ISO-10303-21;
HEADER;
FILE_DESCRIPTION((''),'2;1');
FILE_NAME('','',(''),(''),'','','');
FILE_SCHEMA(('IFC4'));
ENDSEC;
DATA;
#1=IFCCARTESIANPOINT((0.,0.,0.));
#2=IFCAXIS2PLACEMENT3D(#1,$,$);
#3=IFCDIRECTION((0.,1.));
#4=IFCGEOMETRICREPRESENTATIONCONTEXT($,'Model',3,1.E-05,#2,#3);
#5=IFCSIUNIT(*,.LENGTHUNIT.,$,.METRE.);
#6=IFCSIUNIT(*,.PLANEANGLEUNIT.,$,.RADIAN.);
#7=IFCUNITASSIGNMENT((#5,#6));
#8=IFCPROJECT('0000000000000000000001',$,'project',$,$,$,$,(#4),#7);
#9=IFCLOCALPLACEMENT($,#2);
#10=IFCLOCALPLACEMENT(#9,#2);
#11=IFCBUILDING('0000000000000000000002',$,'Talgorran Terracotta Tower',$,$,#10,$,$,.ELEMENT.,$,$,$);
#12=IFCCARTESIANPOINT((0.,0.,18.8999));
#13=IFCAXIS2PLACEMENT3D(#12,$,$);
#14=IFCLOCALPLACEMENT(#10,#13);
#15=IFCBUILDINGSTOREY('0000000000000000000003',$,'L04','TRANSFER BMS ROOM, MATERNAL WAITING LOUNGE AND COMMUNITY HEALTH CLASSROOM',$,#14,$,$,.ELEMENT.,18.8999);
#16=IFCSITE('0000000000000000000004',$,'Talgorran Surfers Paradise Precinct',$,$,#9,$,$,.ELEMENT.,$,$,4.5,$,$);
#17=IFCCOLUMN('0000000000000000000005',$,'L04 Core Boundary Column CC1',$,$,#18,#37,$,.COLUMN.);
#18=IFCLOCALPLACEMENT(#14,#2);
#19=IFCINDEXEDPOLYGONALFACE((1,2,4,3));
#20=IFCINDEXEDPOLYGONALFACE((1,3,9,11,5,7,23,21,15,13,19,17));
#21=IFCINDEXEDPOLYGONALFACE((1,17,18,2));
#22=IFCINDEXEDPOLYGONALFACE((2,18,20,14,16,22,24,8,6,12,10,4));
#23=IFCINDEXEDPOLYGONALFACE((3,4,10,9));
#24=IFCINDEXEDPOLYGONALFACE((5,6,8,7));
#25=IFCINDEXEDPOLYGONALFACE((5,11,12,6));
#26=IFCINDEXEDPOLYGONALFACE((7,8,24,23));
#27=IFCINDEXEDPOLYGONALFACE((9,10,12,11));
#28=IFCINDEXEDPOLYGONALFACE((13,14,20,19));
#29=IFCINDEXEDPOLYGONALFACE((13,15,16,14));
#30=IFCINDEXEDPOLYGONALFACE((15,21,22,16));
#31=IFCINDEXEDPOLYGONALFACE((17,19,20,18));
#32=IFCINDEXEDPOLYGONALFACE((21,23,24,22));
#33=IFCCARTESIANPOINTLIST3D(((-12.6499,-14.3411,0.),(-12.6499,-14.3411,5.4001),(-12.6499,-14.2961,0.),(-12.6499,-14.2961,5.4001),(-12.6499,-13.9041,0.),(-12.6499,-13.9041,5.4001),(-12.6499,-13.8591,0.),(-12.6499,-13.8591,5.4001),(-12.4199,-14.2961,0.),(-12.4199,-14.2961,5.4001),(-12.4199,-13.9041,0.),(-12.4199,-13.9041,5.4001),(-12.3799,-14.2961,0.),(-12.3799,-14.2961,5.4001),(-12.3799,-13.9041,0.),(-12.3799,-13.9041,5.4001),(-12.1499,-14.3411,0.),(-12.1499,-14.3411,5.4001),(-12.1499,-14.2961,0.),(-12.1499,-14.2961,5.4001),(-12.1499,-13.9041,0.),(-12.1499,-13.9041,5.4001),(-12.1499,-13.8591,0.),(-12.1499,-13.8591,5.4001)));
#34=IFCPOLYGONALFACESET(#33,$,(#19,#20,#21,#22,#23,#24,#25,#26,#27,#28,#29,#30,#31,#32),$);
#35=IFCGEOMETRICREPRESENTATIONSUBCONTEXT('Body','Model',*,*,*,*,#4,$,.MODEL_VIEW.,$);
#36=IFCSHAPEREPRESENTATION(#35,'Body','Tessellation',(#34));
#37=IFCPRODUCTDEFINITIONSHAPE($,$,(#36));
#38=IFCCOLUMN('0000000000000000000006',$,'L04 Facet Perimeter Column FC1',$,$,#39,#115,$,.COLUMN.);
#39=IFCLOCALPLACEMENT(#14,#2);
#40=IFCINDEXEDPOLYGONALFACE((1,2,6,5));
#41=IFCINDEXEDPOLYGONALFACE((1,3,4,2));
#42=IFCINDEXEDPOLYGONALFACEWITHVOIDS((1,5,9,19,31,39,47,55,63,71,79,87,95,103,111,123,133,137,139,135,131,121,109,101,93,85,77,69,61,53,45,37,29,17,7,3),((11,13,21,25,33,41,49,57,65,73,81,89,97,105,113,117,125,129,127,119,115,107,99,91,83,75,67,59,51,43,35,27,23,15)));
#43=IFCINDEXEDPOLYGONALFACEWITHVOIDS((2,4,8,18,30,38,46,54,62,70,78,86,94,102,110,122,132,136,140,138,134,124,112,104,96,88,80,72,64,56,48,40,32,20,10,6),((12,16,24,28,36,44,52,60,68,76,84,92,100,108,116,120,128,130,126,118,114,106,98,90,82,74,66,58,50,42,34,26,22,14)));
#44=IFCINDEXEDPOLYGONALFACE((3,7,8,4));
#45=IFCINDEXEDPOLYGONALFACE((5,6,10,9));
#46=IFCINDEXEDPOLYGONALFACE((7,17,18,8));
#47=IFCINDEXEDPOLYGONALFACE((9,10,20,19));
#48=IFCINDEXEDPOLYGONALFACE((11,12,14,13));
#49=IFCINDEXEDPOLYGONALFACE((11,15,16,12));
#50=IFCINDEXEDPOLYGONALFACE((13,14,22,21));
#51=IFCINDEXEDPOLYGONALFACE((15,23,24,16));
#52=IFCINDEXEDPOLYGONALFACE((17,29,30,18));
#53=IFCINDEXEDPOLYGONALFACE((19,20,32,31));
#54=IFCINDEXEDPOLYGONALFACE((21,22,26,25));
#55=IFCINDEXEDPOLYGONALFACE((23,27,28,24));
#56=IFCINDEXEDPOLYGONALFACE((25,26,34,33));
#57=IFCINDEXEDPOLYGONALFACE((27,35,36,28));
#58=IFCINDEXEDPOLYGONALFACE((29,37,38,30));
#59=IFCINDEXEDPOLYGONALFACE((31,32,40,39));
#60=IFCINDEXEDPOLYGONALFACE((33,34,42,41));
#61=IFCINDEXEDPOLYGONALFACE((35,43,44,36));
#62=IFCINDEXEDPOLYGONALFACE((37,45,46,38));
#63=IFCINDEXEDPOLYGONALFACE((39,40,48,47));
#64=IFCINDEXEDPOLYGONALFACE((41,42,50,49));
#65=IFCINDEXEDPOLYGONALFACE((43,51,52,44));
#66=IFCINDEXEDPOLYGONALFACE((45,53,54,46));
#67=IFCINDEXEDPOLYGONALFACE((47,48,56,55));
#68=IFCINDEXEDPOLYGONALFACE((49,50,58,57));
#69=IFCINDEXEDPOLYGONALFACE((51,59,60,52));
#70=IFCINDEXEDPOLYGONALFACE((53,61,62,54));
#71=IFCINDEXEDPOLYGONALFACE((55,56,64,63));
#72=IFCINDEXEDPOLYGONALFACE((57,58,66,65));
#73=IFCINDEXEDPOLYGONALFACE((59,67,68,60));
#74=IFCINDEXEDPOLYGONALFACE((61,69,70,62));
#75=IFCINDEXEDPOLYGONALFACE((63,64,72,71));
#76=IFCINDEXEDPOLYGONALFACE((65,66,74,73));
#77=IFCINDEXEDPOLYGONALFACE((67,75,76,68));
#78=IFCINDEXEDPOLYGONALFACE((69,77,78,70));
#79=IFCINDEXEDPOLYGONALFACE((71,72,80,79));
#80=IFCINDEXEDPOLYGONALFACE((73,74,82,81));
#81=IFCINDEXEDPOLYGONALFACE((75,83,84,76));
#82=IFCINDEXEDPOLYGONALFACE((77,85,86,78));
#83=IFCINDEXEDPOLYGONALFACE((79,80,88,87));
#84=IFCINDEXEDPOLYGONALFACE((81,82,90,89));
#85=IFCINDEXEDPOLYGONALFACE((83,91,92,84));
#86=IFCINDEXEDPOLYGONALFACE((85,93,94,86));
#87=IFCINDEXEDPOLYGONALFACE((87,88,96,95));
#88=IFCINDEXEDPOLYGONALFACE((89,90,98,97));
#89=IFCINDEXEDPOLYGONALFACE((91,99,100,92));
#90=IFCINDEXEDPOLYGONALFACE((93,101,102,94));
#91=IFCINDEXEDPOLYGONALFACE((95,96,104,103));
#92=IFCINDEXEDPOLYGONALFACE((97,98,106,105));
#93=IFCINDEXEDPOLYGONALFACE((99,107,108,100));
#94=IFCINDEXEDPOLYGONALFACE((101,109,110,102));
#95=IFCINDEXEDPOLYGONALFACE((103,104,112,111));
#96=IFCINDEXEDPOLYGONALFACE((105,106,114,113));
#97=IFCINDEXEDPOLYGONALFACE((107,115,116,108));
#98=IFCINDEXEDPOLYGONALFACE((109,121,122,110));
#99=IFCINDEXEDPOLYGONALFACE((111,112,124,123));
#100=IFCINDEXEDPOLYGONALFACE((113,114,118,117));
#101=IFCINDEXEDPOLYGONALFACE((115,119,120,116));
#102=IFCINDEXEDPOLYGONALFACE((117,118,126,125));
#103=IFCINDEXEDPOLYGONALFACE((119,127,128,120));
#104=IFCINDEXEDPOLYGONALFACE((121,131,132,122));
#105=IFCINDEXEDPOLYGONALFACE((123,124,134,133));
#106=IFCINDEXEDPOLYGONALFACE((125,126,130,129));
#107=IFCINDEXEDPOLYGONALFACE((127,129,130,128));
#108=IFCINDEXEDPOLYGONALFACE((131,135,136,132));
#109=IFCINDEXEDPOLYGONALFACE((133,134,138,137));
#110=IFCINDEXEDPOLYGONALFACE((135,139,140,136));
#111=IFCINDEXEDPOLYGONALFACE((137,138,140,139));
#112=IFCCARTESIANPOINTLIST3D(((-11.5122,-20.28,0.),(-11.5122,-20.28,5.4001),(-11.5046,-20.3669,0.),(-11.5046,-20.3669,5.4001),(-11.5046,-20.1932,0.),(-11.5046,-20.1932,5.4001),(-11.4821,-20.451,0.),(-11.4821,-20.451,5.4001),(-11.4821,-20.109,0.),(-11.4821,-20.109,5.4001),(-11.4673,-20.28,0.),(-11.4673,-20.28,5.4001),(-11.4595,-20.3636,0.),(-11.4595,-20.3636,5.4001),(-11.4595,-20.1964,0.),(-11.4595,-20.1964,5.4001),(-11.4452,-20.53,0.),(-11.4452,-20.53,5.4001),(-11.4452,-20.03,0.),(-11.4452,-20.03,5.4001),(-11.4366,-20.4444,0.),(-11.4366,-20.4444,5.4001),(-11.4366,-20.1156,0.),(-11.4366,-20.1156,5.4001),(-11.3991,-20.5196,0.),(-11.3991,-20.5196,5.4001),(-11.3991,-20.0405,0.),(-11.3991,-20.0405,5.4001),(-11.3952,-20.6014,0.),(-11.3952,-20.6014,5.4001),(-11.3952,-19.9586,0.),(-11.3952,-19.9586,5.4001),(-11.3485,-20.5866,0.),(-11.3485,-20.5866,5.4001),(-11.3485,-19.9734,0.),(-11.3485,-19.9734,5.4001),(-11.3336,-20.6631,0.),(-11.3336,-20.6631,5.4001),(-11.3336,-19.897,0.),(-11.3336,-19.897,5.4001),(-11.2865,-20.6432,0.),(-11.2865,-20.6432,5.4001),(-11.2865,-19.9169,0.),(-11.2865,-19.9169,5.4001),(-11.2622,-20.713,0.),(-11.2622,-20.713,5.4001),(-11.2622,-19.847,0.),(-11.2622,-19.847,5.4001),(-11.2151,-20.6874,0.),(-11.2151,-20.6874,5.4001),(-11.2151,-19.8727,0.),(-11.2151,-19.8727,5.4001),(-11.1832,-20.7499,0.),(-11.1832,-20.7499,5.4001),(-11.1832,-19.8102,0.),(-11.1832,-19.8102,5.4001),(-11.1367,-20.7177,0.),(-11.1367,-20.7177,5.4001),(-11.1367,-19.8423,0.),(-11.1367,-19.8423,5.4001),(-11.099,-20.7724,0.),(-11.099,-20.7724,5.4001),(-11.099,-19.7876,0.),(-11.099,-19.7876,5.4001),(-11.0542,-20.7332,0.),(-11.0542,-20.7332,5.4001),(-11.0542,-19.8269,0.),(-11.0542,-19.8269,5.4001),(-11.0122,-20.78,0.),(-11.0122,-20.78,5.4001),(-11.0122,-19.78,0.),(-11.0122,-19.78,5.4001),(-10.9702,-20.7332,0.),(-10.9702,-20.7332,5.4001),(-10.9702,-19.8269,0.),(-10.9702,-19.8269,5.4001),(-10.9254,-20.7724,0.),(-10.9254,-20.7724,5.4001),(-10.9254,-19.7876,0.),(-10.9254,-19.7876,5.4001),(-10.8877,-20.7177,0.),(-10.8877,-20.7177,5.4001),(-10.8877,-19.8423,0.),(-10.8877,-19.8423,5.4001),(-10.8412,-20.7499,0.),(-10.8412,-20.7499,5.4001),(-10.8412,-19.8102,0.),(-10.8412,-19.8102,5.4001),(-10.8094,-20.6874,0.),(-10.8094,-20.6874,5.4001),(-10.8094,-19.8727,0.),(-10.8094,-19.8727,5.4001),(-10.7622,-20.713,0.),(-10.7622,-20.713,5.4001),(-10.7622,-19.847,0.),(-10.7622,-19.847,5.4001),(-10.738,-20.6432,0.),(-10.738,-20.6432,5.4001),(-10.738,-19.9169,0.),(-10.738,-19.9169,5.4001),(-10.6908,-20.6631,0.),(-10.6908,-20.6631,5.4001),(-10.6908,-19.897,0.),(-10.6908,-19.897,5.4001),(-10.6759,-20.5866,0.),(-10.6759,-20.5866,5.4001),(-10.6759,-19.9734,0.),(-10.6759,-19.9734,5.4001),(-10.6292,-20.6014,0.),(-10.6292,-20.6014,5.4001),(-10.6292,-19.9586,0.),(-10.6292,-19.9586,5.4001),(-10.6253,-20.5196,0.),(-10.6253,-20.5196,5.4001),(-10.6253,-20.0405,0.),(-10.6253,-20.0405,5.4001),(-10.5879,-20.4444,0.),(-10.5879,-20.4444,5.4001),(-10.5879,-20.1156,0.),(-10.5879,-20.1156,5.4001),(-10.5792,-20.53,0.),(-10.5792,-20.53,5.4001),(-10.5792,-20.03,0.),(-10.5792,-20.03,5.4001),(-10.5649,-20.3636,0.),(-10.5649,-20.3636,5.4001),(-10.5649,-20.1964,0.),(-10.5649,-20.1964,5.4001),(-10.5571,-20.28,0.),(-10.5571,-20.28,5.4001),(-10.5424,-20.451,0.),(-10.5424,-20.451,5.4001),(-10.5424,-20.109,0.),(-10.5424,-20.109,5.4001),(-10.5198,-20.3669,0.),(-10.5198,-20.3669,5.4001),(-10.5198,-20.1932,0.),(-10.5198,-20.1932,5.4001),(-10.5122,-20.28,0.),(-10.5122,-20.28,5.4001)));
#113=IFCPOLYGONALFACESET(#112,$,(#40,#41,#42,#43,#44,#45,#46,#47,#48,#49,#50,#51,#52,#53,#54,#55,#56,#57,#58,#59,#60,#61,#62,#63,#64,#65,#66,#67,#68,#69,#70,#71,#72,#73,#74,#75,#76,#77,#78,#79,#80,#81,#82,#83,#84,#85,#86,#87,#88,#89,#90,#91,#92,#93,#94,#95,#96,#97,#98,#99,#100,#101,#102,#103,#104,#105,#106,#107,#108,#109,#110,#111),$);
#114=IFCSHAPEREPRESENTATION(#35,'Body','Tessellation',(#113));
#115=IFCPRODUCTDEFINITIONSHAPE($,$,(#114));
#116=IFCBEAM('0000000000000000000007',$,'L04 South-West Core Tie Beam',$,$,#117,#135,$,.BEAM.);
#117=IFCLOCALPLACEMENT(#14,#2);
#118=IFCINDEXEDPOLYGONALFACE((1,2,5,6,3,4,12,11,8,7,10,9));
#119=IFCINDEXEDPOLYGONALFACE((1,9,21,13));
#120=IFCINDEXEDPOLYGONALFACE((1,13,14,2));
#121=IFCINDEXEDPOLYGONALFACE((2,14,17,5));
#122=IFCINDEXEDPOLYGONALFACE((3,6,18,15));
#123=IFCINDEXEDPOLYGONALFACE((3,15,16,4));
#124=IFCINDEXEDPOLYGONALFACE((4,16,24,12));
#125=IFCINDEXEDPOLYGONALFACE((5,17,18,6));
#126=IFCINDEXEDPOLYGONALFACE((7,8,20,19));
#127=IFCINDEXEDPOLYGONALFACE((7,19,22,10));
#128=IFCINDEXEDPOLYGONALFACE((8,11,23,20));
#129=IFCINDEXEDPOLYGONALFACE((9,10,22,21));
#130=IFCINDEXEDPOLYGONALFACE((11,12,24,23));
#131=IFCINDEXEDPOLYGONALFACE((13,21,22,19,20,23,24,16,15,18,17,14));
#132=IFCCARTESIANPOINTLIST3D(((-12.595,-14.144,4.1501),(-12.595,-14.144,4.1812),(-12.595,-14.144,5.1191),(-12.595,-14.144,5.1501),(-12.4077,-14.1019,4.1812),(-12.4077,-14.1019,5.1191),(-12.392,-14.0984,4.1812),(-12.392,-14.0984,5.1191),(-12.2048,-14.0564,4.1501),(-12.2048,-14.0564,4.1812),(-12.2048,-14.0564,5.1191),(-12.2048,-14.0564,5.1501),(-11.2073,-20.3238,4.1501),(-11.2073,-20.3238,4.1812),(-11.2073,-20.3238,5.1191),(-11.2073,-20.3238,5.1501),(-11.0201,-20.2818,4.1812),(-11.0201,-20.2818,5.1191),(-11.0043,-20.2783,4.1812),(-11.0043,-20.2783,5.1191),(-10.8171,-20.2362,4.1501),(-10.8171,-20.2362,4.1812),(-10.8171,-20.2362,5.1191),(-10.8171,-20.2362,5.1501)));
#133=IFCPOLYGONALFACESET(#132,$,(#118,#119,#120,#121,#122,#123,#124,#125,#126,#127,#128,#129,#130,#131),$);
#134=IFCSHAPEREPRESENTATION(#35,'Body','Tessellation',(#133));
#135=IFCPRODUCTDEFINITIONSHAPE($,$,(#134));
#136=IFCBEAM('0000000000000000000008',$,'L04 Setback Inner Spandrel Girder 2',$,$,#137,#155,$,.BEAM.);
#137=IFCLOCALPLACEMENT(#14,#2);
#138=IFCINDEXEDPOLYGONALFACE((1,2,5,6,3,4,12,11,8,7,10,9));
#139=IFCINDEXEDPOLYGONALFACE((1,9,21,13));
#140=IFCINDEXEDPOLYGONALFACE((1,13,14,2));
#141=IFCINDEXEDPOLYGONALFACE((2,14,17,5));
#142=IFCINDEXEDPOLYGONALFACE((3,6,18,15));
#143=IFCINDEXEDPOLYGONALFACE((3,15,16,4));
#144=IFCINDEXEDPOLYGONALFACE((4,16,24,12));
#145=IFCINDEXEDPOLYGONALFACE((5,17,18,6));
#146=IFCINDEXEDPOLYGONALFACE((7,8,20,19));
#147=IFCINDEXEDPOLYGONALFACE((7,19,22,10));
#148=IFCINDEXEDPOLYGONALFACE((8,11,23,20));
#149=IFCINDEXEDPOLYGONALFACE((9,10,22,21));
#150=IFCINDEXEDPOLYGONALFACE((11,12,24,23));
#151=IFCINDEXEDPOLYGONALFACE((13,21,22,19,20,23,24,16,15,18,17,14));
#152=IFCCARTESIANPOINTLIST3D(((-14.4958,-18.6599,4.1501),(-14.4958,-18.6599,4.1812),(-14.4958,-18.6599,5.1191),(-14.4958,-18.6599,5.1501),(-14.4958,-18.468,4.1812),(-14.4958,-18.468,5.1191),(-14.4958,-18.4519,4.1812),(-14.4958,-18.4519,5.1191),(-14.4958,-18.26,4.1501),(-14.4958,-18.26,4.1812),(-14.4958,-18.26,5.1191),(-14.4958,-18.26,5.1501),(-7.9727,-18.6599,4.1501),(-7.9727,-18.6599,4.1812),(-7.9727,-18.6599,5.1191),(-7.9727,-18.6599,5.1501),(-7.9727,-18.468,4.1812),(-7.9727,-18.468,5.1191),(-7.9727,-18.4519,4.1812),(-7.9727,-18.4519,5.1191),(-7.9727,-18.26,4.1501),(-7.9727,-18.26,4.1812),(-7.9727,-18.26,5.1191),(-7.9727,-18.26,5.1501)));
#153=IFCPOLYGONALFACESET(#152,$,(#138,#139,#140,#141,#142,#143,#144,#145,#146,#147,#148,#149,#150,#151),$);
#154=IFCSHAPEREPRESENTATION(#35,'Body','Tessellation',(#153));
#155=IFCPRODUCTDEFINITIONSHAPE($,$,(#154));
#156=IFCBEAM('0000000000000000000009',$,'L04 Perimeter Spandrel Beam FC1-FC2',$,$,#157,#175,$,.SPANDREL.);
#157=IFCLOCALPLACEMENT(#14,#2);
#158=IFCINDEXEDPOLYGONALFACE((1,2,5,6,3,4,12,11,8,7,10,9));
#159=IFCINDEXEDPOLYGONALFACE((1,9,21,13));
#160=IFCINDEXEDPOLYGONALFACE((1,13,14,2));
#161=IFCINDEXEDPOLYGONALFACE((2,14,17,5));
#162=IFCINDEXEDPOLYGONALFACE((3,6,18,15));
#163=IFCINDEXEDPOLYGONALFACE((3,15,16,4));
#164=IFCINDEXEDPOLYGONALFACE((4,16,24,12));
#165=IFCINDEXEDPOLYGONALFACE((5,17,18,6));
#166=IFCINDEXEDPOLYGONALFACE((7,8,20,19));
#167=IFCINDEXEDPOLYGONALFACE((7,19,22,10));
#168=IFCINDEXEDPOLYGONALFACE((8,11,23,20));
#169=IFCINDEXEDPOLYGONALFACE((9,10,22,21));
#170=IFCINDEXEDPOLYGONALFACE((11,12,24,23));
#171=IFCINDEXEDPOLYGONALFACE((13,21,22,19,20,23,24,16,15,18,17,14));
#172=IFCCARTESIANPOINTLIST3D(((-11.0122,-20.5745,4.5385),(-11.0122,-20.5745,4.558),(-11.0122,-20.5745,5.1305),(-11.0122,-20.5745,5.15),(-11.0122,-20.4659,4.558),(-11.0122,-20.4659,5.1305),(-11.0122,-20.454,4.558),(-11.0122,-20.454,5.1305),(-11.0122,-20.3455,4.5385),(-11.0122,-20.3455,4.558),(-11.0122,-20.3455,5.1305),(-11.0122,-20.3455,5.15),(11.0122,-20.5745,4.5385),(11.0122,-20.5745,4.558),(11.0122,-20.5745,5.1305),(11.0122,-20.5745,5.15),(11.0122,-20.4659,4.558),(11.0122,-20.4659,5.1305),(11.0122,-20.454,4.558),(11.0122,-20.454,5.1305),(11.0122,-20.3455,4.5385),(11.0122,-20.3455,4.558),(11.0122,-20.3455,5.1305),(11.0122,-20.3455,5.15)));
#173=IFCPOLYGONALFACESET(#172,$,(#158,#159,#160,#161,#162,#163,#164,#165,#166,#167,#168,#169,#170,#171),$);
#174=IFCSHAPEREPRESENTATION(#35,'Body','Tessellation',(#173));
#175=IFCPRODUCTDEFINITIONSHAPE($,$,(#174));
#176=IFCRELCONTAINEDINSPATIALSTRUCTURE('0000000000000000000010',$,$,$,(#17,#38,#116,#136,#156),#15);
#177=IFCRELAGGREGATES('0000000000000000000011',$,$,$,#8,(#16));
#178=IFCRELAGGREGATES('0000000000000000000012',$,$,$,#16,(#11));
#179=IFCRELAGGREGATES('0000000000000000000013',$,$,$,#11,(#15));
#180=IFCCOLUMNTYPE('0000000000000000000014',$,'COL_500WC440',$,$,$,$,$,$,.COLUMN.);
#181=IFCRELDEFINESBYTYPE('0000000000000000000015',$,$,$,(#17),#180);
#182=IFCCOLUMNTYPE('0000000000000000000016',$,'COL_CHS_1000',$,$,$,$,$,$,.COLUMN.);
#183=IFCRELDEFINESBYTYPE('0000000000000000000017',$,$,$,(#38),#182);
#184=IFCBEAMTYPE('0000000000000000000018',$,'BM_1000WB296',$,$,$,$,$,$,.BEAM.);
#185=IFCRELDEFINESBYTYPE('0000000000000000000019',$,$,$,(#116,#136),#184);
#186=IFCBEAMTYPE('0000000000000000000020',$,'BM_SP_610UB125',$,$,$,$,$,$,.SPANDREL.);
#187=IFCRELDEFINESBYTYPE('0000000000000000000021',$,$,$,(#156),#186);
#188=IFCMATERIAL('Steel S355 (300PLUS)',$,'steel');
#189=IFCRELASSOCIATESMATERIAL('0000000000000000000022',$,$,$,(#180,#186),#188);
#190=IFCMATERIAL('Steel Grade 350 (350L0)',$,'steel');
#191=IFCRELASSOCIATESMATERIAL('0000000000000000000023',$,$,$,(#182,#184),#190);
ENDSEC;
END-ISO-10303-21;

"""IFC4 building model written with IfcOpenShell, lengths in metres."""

from ifc_helpers import new_model, si_unit, direction, frame, origin, origin_2d, place, context, subcontext, project, spatial, hollow_circle, i_section, extrude, material, material_profile, profile_set, type_object, element, save


model = new_model("IFC4")

# Units and contexts
model_context = context("Model", 3, precision=1e-05, world=origin(), true_north=direction((0.0, 1.0)))
body_context = subcontext(model_context, "Body", "Model", "MODEL_VIEW")
ifc_project = project(units=[si_unit("LENGTHUNIT", "METRE"), si_unit("PLANEANGLEUNIT", "RADIAN")], contexts=[model_context])

# Site, building, storey
site_placement = place(None, origin())
site = spatial("IfcSite", under=ifc_project, at=site_placement, Name="Talgorran Surfers Paradise Precinct", CompositionType="ELEMENT", RefElevation=4.5)
building_placement = place(site_placement, origin())
building = spatial("IfcBuilding", under=site, at=building_placement, Name="Talgorran Terracotta Tower", CompositionType="ELEMENT")
storey_placement = place(building_placement, frame((0.0, 0.0, 18.8999)))
storey = spatial("IfcBuildingStorey", under=building, at=storey_placement, Name="L04", Description="TRANSFER BMS ROOM, MATERNAL WAITING LOUNGE AND COMMUNITY HEALTH CLASSROOM", CompositionType="ELEMENT", Elevation=18.8999)

# Columns
ifc_material_1 = material(Name="Steel S355 (300PLUS)", Category="steel")
ifc_material_profile_1 = material_profile(ifc_material_1, i_section(OverallWidth=0.5, OverallDepth=0.4819, WebThickness=0.04, FlangeThickness=0.0449, at=origin_2d()), Name="500WC440")
ifc_profile_set_1 = profile_set([ifc_material_profile_1], Name="Steel S355 (300PLUS)")
column_type_1 = type_object("IfcColumnType", Name="COL_500WC440", PredefinedType="COLUMN", material=ifc_profile_set_1)
column_1_placement = place(storey_placement, frame((-12.3999, -14.1001, 0.0), z_axis=(0.0, 0.0, 1.0), x_axis=(1.0, 0.0, 0.0)))
element("IfcColumn", 1, at=column_1_placement, inside=storey, type_object=column_type_1, Name="L04 Core Boundary Column CC1", PredefinedType="COLUMN", context=body_context, shape_type="SweptSolid", body=[
    extrude(i_section(OverallWidth=0.5, OverallDepth=0.4819, WebThickness=0.04, FlangeThickness=0.0449, at=origin_2d()), origin(), (0.0, 0.0, 1.0), 5.4001),
])
ifc_material_2 = material(Name="Steel Grade 350 (350L0)", Category="steel")
ifc_material_profile_2 = material_profile(ifc_material_2, hollow_circle(Radius=0.5, WallThickness=0.0449, at=origin_2d()), Name="CHS1000X45")
ifc_profile_set_2 = profile_set([ifc_material_profile_2], Name="Steel Grade 350 (350L0)")
column_type_2 = type_object("IfcColumnType", Name="COL_CHS_1000", PredefinedType="COLUMN", material=ifc_profile_set_2)
column_2_placement = place(storey_placement, frame((-11.0122, -20.28, 0.0), z_axis=(0.0, 0.0, 1.0), x_axis=(1.0, 0.0, 0.0)))
element("IfcColumn", 2, at=column_2_placement, inside=storey, type_object=column_type_2, Name="L04 Facet Perimeter Column FC1", PredefinedType="COLUMN", context=body_context, shape_type="SweptSolid", body=[
    extrude(hollow_circle(Radius=0.5, WallThickness=0.0449, at=origin_2d()), origin(), (0.0, 0.0, 1.0), 5.4001),
])

# Beams
ifc_material_profile_3 = material_profile(ifc_material_2, i_section(OverallWidth=0.3999, OverallDepth=1.0, WebThickness=0.0161, FlangeThickness=0.031, at=origin_2d()), Name="1000WB296")
ifc_profile_set_3 = profile_set([ifc_material_profile_3], Name="Steel Grade 350 (350L0)")
beam_type_1 = type_object("IfcBeamType", Name="BM_1000WB296", PredefinedType="BEAM", material=ifc_profile_set_3)
beam_1_placement = place(storey_placement, frame((-11.0122, -20.28, 4.6501), z_axis=(-0.219093, 0.975704, 0.0), x_axis=(-0.975704, -0.219093, 0.0)))
element("IfcBeam", 3, at=beam_1_placement, inside=storey, type_object=beam_type_1, Name="L04 South-West Core Tie Beam", PredefinedType="BEAM", context=body_context, shape_type="SweptSolid", body=[
    extrude(i_section(OverallWidth=0.3999, OverallDepth=1.0, WebThickness=0.0161, FlangeThickness=0.031, at=origin_2d()), origin(), (0.0, 0.0, 1.0), 6.3337),
])
beam_2_placement = place(storey_placement, frame((-14.4958, -18.46, 4.6501), z_axis=(1.0, 0.0, 0.0), x_axis=(0.0, 1.0, 0.0)))
element("IfcBeam", 4, at=beam_2_placement, inside=storey, type_object=beam_type_1, Name="L04 Setback Inner Spandrel Girder 2", PredefinedType="BEAM", context=body_context, shape_type="SweptSolid", body=[
    extrude(i_section(OverallWidth=0.3999, OverallDepth=1.0, WebThickness=0.0161, FlangeThickness=0.031, at=origin_2d()), origin(), (0.0, 0.0, 1.0), 6.5232),
])
ifc_material_profile_4 = material_profile(ifc_material_1, i_section(OverallWidth=0.229, OverallDepth=0.6116, WebThickness=0.012, FlangeThickness=0.0195, at=origin_2d()), Name="610UB125")
ifc_profile_set_4 = profile_set([ifc_material_profile_4], Name="Steel S355 (300PLUS)")
beam_type_2 = type_object("IfcBeamType", Name="BM_SP_610UB125", PredefinedType="SPANDREL", material=ifc_profile_set_4)
beam_3_placement = place(storey_placement, frame((-11.0122, -20.46, 4.8442), z_axis=(1.0, 0.0, 0.0), x_axis=(0.0, 1.0, 0.0)))
element("IfcBeam", 5, at=beam_3_placement, inside=storey, type_object=beam_type_2, Name="L04 Perimeter Spandrel Beam FC1-FC2", PredefinedType="SPANDREL", context=body_context, shape_type="SweptSolid", body=[
    extrude(i_section(OverallWidth=0.229, OverallDepth=0.6116, WebThickness=0.012, FlangeThickness=0.0195, at=origin_2d()), origin(), (0.0, 0.0, 1.0), 22.0244),
])

save(model, "model.ifc")
